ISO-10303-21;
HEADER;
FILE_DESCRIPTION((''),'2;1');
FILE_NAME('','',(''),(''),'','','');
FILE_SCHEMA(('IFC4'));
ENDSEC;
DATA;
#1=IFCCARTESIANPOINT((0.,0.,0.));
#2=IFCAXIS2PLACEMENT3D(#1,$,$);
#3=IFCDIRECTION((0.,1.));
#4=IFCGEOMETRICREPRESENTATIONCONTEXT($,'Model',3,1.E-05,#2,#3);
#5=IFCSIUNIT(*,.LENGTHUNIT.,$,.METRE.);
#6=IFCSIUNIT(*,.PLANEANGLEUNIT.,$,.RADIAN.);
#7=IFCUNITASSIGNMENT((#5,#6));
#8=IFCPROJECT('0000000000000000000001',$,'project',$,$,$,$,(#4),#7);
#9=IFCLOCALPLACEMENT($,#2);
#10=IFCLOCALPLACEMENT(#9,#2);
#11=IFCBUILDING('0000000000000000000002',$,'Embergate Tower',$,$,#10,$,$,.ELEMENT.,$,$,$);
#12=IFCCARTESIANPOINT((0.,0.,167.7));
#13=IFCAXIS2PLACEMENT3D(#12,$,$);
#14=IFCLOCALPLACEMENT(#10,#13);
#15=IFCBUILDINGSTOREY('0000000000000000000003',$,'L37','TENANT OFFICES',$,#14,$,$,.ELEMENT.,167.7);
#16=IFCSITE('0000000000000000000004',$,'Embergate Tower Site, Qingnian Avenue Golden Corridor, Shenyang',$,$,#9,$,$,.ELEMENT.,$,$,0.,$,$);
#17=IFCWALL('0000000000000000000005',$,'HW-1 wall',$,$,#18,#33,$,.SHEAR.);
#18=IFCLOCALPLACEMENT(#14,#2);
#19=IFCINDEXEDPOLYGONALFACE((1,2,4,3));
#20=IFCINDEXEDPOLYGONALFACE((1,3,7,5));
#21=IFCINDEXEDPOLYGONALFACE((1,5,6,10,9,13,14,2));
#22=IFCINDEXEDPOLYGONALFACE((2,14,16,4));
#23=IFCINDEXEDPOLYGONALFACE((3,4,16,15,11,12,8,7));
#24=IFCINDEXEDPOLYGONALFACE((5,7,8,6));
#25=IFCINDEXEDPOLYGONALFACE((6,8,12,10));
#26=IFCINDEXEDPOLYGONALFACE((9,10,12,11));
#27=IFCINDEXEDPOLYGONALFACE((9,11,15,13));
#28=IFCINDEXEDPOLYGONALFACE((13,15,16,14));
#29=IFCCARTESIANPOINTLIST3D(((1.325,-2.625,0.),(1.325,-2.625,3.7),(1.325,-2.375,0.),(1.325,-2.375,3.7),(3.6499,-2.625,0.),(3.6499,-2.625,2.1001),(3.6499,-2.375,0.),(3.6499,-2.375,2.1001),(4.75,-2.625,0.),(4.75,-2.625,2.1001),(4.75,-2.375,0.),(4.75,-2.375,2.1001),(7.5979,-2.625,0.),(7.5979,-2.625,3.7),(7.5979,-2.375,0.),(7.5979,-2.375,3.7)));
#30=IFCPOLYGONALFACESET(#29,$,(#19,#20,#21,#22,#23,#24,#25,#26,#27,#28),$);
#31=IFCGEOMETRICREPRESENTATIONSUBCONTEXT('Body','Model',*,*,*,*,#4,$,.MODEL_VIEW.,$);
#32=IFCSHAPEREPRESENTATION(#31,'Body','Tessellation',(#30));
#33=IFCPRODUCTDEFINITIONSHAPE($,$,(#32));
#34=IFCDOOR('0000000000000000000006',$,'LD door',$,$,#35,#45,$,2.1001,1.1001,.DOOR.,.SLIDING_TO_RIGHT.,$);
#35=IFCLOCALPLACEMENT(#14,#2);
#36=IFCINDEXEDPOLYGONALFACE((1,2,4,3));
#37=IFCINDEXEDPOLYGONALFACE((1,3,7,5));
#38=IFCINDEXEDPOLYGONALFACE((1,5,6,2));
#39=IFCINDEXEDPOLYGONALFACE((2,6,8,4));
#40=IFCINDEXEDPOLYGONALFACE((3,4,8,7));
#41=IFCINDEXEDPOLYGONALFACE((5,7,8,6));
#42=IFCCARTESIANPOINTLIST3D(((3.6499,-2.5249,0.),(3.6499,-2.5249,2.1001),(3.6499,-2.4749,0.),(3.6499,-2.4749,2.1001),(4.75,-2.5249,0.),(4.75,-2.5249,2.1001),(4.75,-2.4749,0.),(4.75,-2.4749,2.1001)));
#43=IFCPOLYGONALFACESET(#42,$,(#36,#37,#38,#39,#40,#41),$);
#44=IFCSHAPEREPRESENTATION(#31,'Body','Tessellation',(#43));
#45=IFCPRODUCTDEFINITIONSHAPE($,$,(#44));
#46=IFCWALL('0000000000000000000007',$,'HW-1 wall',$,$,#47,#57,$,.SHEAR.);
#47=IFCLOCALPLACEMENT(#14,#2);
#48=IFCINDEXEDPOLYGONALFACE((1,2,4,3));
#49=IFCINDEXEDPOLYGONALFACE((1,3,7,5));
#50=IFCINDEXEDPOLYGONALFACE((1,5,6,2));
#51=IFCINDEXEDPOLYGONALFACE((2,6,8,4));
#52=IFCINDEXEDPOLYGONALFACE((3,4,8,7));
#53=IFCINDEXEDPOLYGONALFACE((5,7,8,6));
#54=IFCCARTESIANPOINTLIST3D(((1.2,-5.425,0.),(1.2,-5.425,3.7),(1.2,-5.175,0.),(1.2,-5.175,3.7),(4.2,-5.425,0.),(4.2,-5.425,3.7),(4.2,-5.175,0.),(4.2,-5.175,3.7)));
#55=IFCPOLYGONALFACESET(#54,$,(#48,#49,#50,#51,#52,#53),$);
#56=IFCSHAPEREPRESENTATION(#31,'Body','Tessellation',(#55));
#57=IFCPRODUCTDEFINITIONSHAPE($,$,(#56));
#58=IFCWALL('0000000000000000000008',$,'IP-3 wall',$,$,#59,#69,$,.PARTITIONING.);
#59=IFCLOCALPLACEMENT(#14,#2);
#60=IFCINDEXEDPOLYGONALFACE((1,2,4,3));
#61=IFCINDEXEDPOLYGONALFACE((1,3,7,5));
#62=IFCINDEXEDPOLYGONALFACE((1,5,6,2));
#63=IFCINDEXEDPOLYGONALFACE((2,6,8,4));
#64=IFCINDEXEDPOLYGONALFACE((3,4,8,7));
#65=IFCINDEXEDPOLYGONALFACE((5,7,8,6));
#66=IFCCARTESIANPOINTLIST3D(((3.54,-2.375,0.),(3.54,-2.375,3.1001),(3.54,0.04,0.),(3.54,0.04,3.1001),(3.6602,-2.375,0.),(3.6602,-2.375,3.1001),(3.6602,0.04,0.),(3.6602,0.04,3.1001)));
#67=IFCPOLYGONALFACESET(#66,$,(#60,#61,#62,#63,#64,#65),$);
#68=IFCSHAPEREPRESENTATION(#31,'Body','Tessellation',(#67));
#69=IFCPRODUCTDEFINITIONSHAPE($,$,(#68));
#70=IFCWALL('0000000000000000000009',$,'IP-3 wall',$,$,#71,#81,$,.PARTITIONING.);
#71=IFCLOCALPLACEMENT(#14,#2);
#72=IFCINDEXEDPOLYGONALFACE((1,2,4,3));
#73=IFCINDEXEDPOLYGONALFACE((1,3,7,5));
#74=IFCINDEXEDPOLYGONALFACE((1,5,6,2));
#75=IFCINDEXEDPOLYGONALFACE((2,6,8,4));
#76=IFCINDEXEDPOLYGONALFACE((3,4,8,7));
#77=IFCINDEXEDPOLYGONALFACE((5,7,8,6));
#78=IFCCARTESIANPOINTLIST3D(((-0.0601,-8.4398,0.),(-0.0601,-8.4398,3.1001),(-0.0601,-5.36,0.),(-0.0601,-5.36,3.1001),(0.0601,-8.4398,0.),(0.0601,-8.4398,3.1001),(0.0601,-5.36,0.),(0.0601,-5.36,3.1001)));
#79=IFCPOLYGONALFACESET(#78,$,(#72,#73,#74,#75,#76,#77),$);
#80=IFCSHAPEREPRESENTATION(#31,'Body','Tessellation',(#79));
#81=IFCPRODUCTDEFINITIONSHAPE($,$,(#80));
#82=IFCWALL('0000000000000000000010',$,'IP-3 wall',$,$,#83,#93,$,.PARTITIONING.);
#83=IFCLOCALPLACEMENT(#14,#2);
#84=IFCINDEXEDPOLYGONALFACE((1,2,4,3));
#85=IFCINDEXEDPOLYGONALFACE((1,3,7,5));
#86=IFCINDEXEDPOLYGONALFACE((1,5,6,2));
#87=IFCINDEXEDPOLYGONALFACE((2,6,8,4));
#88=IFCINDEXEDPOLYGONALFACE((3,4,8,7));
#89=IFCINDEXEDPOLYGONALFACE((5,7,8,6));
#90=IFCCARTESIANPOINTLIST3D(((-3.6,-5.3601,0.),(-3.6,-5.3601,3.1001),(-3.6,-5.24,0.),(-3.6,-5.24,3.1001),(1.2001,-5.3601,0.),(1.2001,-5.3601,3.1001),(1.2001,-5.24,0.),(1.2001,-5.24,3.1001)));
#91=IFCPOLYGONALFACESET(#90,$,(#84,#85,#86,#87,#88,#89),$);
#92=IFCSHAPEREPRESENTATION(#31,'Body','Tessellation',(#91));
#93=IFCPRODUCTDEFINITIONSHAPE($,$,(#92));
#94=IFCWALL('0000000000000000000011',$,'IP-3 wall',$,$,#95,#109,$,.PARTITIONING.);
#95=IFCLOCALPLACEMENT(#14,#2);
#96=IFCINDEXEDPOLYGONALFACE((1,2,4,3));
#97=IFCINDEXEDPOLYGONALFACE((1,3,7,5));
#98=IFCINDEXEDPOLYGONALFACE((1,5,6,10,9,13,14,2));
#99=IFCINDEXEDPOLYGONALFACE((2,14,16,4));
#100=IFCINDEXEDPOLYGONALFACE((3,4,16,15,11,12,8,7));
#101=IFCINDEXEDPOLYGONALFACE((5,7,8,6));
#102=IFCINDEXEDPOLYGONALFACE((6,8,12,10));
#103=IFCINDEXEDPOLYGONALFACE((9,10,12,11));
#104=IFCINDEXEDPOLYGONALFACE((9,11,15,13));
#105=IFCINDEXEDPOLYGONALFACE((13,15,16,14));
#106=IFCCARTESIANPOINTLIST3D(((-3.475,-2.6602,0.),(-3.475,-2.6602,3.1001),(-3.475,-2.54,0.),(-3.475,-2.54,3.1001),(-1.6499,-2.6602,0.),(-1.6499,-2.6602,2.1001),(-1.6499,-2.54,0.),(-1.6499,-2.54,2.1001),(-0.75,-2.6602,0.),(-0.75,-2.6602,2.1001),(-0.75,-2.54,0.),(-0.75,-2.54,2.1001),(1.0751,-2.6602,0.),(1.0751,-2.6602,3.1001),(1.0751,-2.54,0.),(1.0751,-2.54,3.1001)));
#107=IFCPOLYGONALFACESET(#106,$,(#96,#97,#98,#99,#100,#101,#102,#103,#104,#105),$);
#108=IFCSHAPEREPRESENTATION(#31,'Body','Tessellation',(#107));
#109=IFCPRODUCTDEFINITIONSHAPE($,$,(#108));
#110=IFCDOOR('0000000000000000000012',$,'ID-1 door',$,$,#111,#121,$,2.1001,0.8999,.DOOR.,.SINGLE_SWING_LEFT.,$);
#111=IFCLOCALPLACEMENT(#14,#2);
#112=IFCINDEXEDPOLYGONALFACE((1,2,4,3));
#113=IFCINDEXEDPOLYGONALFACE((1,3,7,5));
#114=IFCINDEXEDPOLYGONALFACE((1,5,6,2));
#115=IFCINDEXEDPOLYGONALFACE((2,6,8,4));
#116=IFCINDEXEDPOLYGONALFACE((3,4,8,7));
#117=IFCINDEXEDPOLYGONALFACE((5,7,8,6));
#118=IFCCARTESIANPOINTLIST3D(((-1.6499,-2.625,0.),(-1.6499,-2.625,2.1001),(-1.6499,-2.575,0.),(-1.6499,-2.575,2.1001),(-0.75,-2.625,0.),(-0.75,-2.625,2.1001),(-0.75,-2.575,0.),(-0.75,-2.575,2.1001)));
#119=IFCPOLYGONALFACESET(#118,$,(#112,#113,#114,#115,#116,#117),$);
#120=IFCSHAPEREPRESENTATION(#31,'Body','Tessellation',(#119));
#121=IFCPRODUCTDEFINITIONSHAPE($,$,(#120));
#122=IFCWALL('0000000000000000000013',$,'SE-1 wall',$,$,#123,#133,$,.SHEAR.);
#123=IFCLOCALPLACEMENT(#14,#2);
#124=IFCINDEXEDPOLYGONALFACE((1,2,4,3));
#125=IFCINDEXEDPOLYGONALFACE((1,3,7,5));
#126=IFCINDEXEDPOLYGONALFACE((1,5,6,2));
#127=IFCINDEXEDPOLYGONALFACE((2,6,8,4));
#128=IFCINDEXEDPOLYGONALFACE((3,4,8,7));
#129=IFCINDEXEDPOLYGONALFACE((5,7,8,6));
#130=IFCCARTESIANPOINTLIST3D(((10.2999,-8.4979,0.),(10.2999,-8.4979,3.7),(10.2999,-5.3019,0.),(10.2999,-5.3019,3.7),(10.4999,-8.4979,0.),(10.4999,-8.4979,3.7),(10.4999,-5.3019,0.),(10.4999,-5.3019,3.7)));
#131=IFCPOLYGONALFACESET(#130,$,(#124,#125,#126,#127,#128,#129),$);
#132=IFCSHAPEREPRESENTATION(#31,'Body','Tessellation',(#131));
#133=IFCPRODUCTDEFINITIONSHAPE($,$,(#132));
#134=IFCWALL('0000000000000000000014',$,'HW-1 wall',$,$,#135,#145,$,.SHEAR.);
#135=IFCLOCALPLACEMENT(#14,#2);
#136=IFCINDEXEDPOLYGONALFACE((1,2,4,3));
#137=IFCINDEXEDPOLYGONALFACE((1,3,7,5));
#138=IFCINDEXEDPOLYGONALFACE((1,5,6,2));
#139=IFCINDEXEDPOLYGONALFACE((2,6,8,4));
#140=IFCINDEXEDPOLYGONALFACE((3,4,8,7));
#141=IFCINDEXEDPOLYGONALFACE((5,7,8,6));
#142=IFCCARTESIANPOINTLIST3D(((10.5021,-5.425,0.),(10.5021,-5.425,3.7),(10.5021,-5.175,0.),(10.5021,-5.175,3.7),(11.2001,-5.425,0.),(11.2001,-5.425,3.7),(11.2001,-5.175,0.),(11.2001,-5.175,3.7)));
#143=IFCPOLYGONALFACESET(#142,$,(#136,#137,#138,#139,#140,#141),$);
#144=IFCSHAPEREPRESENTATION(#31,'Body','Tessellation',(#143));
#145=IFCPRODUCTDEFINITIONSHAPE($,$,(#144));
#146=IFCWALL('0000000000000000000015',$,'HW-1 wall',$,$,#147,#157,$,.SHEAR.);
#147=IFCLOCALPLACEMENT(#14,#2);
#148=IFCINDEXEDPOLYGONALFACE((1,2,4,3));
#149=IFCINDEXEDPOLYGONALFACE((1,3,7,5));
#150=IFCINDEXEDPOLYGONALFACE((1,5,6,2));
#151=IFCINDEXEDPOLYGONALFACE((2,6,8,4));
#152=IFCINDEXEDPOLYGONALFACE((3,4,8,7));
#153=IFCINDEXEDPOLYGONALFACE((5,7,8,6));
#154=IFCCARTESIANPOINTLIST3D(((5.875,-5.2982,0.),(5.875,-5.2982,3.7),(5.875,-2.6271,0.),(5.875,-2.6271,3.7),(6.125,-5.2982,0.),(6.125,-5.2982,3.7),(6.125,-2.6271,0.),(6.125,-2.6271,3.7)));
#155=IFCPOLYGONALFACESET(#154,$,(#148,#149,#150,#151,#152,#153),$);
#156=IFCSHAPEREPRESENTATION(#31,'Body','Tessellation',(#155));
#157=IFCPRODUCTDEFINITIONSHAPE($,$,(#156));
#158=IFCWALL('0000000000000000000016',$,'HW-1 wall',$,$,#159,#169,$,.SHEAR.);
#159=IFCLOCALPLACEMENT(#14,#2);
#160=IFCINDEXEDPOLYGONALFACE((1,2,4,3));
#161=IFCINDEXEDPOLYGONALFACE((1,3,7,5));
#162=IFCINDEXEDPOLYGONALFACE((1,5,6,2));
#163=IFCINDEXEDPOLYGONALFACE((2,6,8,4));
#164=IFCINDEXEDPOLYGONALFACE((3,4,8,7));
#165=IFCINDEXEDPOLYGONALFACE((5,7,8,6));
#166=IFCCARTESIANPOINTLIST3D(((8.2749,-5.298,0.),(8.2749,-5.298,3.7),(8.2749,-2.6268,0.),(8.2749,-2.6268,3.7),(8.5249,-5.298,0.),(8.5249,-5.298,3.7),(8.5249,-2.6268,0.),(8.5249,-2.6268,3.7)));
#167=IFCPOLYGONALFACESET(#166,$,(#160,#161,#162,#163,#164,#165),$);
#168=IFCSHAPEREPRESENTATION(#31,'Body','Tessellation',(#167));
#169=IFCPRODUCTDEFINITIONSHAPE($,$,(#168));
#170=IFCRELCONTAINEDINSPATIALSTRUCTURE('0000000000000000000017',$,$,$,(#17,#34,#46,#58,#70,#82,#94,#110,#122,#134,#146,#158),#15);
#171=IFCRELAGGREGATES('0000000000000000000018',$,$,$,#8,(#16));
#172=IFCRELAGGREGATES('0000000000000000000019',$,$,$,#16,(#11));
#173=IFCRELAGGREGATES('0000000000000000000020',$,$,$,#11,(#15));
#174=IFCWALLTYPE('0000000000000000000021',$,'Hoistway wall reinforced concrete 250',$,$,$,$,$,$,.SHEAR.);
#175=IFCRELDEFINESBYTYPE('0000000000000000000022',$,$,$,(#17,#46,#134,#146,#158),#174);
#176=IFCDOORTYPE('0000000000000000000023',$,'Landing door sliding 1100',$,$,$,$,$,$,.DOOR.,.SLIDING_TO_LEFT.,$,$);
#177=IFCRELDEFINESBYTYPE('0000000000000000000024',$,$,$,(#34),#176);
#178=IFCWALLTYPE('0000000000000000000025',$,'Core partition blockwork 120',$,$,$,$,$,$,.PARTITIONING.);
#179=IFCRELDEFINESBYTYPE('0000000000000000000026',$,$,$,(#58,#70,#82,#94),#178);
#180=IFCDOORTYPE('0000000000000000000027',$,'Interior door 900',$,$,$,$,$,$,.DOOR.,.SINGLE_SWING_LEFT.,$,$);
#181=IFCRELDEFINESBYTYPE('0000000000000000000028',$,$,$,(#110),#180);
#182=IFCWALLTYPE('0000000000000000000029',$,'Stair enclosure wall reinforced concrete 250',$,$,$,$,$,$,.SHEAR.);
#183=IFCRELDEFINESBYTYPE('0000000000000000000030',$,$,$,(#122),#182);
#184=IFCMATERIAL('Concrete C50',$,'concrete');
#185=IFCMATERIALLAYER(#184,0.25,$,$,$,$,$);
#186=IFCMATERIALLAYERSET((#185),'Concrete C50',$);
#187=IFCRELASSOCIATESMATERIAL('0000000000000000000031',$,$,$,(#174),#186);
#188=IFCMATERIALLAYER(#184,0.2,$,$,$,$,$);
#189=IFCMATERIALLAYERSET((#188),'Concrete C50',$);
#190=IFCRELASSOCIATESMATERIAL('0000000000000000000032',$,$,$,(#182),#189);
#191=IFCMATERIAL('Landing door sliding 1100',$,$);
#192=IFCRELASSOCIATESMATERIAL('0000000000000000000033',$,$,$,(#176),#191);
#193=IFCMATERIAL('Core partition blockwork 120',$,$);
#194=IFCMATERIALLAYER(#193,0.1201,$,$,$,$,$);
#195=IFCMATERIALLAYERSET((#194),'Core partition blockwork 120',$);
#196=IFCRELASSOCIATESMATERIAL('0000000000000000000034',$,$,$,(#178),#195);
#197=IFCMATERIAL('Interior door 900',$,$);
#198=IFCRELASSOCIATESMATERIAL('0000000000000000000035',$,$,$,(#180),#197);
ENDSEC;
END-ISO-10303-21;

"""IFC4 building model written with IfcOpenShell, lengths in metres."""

from ifc_helpers import new_model, si_unit, direction, frame, frame_2d, origin, place, context, subcontext, project, spatial, rectangle, extrude, source, transform, mapped, material, layer, layer_set, type_object, element, fill, save


model = new_model("IFC4")

# Units and contexts
model_context = context("Model", 3, precision=1e-05, world=origin(), true_north=direction((0.0, 1.0)))
body_context = subcontext(model_context, "Body", "Model", "MODEL_VIEW")
ifc_project = project(units=[si_unit("LENGTHUNIT", "METRE"), si_unit("PLANEANGLEUNIT", "RADIAN")], contexts=[model_context])

# Site, building, storey
site_placement = place(None, origin())
site = spatial("IfcSite", under=ifc_project, at=site_placement, Name="Embergate Tower Site, Qingnian Avenue Golden Corridor, Shenyang", CompositionType="ELEMENT", RefElevation=0.0)
building_placement = place(site_placement, origin())
building = spatial("IfcBuilding", under=site, at=building_placement, Name="Embergate Tower", CompositionType="ELEMENT")
storey_placement = place(building_placement, frame((0.0, 0.0, 167.7)))
storey = spatial("IfcBuildingStorey", under=building, at=storey_placement, Name="L37", Description="TENANT OFFICES", CompositionType="ELEMENT", Elevation=167.7)

# Shared definitions
ifc_material_1 = material(Name="Concrete C50", Category="concrete")
ifc_layer_1 = layer(ifc_material_1, 0.25)
ifc_layer_set_1 = layer_set([ifc_layer_1], Name="Concrete C50")
wall_type_1 = type_object("IfcWallType", Name="Hoistway wall reinforced concrete 250", PredefinedType="SHEAR", material=ifc_layer_set_1)
ifc_layer_2 = layer(ifc_material_1, 0.2)
ifc_layer_set_2 = layer_set([ifc_layer_2], Name="Concrete C50")
wall_type_2 = type_object("IfcWallType", Name="Stair enclosure wall reinforced concrete 250", PredefinedType="SHEAR", material=ifc_layer_set_2)

# Wall, opening, door
shared_shape_1 = source(origin(), body_context, "Body", "SweptSolid", [
    extrude(rectangle(XDim=1.1001, YDim=2.1001, at=frame_2d((0.55, 1.05))), frame((0.0, 0.135, 0.0), z_axis=(0.0, -1.0, 0.0), x_axis=(1.0, 0.0, 0.0)), (0.0, 0.0, 1.0), 0.27),
])
ifc_material_2 = material(Name="Landing door sliding 1100")
door_type_1 = type_object("IfcDoorType", Name="Landing door sliding 1100", OperationType="SLIDING_TO_LEFT", PredefinedType="DOOR", material=ifc_material_2)
shared_shape_2 = source(origin(), body_context, "Body", "SweptSolid", [
    extrude(rectangle(XDim=1.1001, YDim=2.1001, at=frame_2d((0.55, 1.05))), frame((0.0, 0.0249, 0.0), z_axis=(0.0, -1.0, 0.0), x_axis=(1.0, 0.0, 0.0)), (0.0, 0.0, 1.0), 0.05),
])
shared_shape_3 = source(origin(), body_context, "Body", "SweptSolid", [
    extrude(rectangle(XDim=6.2729, YDim=0.25, at=frame_2d((3.1365, 0.0))), origin(), (0.0, 0.0, 1.0), 3.7),
])
wall_1_placement = place(storey_placement, frame((7.5979, -2.5, 0.0), z_axis=(0.0, 0.0, 1.0), x_axis=(-1.0, 0.0, 0.0)))
wall_1 = element("IfcWall", 1, at=wall_1_placement, inside=storey, type_object=wall_type_1, Name="HW-1 wall", PredefinedType="SHEAR", context=body_context, shape_type="MappedRepresentation", body=[
    mapped(shared_shape_3, transform((0.0, 0.0, 0.0))),
])
opening_1_placement = place(wall_1_placement, frame((2.8479, 0.0, 0.0)))
opening_1 = element("IfcOpeningElement", 2, at=opening_1_placement, cuts=wall_1, PredefinedType="OPENING", context=body_context, shape_type="MappedRepresentation", body=[
    mapped(shared_shape_1, transform((0.0, 0.0, 0.0))),
])
door_1_placement = place(opening_1_placement, origin())
door_1 = element("IfcDoor", 3, at=door_1_placement, inside=storey, type_object=door_type_1, Name="LD door", OperationType="SLIDING_TO_RIGHT", OverallHeight=2.1001, OverallWidth=1.1001, PredefinedType="DOOR", context=body_context, shape_type="MappedRepresentation", body=[
    mapped(shared_shape_2, transform((0.0, 0.0, 0.0))),
])
fill(opening_1, door_1)

# Walls
shared_shape_4 = source(origin(), body_context, "Body", "SweptSolid", [
    extrude(rectangle(XDim=3.0, YDim=0.25, at=frame_2d((1.5, 0.0))), origin(), (0.0, 0.0, 1.0), 3.7),
])
wall_2_placement = place(storey_placement, frame((1.2, -5.3, 0.0), z_axis=(0.0, 0.0, 1.0), x_axis=(1.0, 0.0, 0.0)))
element("IfcWall", 4, at=wall_2_placement, inside=storey, type_object=wall_type_1, Name="HW-1 wall", PredefinedType="SHEAR", context=body_context, shape_type="MappedRepresentation", body=[
    mapped(shared_shape_4, transform((0.0, 0.0, 0.0))),
])
ifc_material_3 = material(Name="Core partition blockwork 120")
ifc_layer_3 = layer(ifc_material_3, 0.1201)
ifc_layer_set_3 = layer_set([ifc_layer_3], Name="Core partition blockwork 120")
wall_type_3 = type_object("IfcWallType", Name="Core partition blockwork 120", PredefinedType="PARTITIONING", material=ifc_layer_set_3)
shared_shape_5 = source(origin(), body_context, "Body", "SweptSolid", [
    extrude(rectangle(XDim=2.415, YDim=0.1201, at=frame_2d((1.2075, 0.0))), origin(), (0.0, 0.0, 1.0), 3.1001),
])
wall_3_placement = place(storey_placement, frame((3.6001, -2.375, 0.0), z_axis=(0.0, 0.0, 1.0), x_axis=(0.0, 1.0, 0.0)))
element("IfcWall", 5, at=wall_3_placement, inside=storey, type_object=wall_type_3, Name="IP-3 wall", PredefinedType="PARTITIONING", context=body_context, shape_type="MappedRepresentation", body=[
    mapped(shared_shape_5, transform((0.0, 0.0, 0.0))),
])
shared_shape_6 = source(origin(), body_context, "Body", "SweptSolid", [
    extrude(rectangle(XDim=3.0798, YDim=0.1201, at=frame_2d((1.54, 0.0))), origin(), (0.0, 0.0, 1.0), 3.1001),
])
wall_4_placement = place(storey_placement, frame((0.0, -8.4399, 0.0), z_axis=(0.0, 0.0, 1.0), x_axis=(0.0, 1.0, 0.0)))
element("IfcWall", 6, at=wall_4_placement, inside=storey, type_object=wall_type_3, Name="IP-3 wall", PredefinedType="PARTITIONING", context=body_context, shape_type="MappedRepresentation", body=[
    mapped(shared_shape_6, transform((0.0, 0.0, 0.0))),
])
shared_shape_7 = source(origin(), body_context, "Body", "SweptSolid", [
    extrude(rectangle(XDim=4.8, YDim=0.1201, at=frame_2d((2.3999, 0.0))), origin(), (0.0, 0.0, 1.0), 3.1001),
])
wall_5_placement = place(storey_placement, frame((1.2, -5.3, 0.0), z_axis=(0.0, 0.0, 1.0), x_axis=(-1.0, 0.0, 0.0)))
element("IfcWall", 7, at=wall_5_placement, inside=storey, type_object=wall_type_3, Name="IP-3 wall", PredefinedType="PARTITIONING", context=body_context, shape_type="MappedRepresentation", body=[
    mapped(shared_shape_7, transform((0.0, 0.0, 0.0))),
])

# Wall, opening, door
shared_shape_8 = source(origin(), body_context, "Body", "SweptSolid", [
    extrude(rectangle(XDim=4.55, YDim=0.1201, at=frame_2d((2.2749, 0.0))), origin(), (0.0, 0.0, 1.0), 3.1001),
])
wall_6_placement = place(storey_placement, frame((1.075, -2.6001, 0.0), z_axis=(0.0, 0.0, 1.0), x_axis=(-1.0, 0.0, 0.0)))
wall_6 = element("IfcWall", 8, at=wall_6_placement, inside=storey, type_object=wall_type_3, Name="IP-3 wall", PredefinedType="PARTITIONING", context=body_context, shape_type="MappedRepresentation", body=[
    mapped(shared_shape_8, transform((0.0, 0.0, 0.0))),
])
shared_shape_9 = source(origin(), body_context, "Body", "SweptSolid", [
    extrude(rectangle(XDim=0.8999, YDim=2.1001, at=frame_2d((0.45, 1.05))), frame((0.0, 0.0701, 0.0), z_axis=(0.0, -1.0, 0.0), x_axis=(1.0, 0.0, 0.0)), (0.0, 0.0, 1.0), 0.1401),
])
opening_2_placement = place(wall_6_placement, frame((1.825, 0.0, 0.0)))
opening_2 = element("IfcOpeningElement", 9, at=opening_2_placement, cuts=wall_6, PredefinedType="OPENING", context=body_context, shape_type="MappedRepresentation", body=[
    mapped(shared_shape_9, transform((0.0, 0.0, 0.0))),
])
ifc_material_4 = material(Name="Interior door 900")
door_type_2 = type_object("IfcDoorType", Name="Interior door 900", OperationType="SINGLE_SWING_LEFT", PredefinedType="DOOR", material=ifc_material_4)
shared_shape_10 = source(origin(), body_context, "Body", "SweptSolid", [
    extrude(rectangle(XDim=0.8999, YDim=2.1001, at=frame_2d((0.45, 1.05))), frame((0.0, 0.0249, 0.0), z_axis=(0.0, -1.0, 0.0), x_axis=(1.0, 0.0, 0.0)), (0.0, 0.0, 1.0), 0.05),
])
door_2_placement = place(opening_2_placement, origin())
door_2 = element("IfcDoor", 10, at=door_2_placement, inside=storey, type_object=door_type_2, Name="ID-1 door", OperationType="SINGLE_SWING_LEFT", OverallHeight=2.1001, OverallWidth=0.8999, PredefinedType="DOOR", context=body_context, shape_type="MappedRepresentation", body=[
    mapped(shared_shape_10, transform((0.0, 0.0, 0.0))),
])
fill(opening_2, door_2)

# Walls
shared_shape_11 = source(origin(), body_context, "Body", "SweptSolid", [
    extrude(rectangle(XDim=3.196, YDim=0.2, at=frame_2d((1.5981, 0.0))), origin(), (0.0, 0.0, 1.0), 3.7),
])
wall_7_placement = place(storey_placement, frame((10.3999, -8.498, 0.0), z_axis=(0.0, 0.0, 1.0), x_axis=(0.0, 1.0, 0.0)))
element("IfcWall", 11, at=wall_7_placement, inside=storey, type_object=wall_type_2, Name="SE-1 wall", PredefinedType="SHEAR", context=body_context, shape_type="MappedRepresentation", body=[
    mapped(shared_shape_11, transform((0.0, 0.0, 0.0))),
])
shared_shape_12 = source(origin(), body_context, "Body", "SweptSolid", [
    extrude(rectangle(XDim=0.698, YDim=0.25, at=frame_2d((0.3491, 0.0))), origin(), (0.0, 0.0, 1.0), 3.7),
])
wall_8_placement = place(storey_placement, frame((10.502, -5.3, 0.0), z_axis=(0.0, 0.0, 1.0), x_axis=(1.0, 0.0, 0.0)))
element("IfcWall", 12, at=wall_8_placement, inside=storey, type_object=wall_type_1, Name="HW-1 wall", PredefinedType="SHEAR", context=body_context, shape_type="MappedRepresentation", body=[
    mapped(shared_shape_12, transform((0.0, 0.0, 0.0))),
])
shared_shape_13 = source(origin(), body_context, "Body", "SweptSolid", [
    extrude(rectangle(XDim=2.6711, YDim=0.25, at=frame_2d((1.3354, 0.0))), origin(), (0.0, 0.0, 1.0), 3.7),
])
for number, where, z_axis, x_axis, name in (
    (13, (6.0, -5.2981, 0.0), (0.0, 0.0, 1.0), (0.0, 1.0, 0.0), "HW-1 wall"),
    (14, (8.3999, -2.627, 0.0), (0.0, 0.0, 1.0), (0.0, -1.0, 0.0), "HW-1 wall"),
):
    element("IfcWall", number, at=place(storey_placement, frame(where, z_axis=z_axis, x_axis=x_axis)), inside=storey, type_object=wall_type_1, Name=name, PredefinedType="SHEAR", context=body_context, shape_type="MappedRepresentation", body=[
        mapped(shared_shape_13, transform((0.0, 0.0, 0.0))),
    ])

save(model, "model.ifc")
